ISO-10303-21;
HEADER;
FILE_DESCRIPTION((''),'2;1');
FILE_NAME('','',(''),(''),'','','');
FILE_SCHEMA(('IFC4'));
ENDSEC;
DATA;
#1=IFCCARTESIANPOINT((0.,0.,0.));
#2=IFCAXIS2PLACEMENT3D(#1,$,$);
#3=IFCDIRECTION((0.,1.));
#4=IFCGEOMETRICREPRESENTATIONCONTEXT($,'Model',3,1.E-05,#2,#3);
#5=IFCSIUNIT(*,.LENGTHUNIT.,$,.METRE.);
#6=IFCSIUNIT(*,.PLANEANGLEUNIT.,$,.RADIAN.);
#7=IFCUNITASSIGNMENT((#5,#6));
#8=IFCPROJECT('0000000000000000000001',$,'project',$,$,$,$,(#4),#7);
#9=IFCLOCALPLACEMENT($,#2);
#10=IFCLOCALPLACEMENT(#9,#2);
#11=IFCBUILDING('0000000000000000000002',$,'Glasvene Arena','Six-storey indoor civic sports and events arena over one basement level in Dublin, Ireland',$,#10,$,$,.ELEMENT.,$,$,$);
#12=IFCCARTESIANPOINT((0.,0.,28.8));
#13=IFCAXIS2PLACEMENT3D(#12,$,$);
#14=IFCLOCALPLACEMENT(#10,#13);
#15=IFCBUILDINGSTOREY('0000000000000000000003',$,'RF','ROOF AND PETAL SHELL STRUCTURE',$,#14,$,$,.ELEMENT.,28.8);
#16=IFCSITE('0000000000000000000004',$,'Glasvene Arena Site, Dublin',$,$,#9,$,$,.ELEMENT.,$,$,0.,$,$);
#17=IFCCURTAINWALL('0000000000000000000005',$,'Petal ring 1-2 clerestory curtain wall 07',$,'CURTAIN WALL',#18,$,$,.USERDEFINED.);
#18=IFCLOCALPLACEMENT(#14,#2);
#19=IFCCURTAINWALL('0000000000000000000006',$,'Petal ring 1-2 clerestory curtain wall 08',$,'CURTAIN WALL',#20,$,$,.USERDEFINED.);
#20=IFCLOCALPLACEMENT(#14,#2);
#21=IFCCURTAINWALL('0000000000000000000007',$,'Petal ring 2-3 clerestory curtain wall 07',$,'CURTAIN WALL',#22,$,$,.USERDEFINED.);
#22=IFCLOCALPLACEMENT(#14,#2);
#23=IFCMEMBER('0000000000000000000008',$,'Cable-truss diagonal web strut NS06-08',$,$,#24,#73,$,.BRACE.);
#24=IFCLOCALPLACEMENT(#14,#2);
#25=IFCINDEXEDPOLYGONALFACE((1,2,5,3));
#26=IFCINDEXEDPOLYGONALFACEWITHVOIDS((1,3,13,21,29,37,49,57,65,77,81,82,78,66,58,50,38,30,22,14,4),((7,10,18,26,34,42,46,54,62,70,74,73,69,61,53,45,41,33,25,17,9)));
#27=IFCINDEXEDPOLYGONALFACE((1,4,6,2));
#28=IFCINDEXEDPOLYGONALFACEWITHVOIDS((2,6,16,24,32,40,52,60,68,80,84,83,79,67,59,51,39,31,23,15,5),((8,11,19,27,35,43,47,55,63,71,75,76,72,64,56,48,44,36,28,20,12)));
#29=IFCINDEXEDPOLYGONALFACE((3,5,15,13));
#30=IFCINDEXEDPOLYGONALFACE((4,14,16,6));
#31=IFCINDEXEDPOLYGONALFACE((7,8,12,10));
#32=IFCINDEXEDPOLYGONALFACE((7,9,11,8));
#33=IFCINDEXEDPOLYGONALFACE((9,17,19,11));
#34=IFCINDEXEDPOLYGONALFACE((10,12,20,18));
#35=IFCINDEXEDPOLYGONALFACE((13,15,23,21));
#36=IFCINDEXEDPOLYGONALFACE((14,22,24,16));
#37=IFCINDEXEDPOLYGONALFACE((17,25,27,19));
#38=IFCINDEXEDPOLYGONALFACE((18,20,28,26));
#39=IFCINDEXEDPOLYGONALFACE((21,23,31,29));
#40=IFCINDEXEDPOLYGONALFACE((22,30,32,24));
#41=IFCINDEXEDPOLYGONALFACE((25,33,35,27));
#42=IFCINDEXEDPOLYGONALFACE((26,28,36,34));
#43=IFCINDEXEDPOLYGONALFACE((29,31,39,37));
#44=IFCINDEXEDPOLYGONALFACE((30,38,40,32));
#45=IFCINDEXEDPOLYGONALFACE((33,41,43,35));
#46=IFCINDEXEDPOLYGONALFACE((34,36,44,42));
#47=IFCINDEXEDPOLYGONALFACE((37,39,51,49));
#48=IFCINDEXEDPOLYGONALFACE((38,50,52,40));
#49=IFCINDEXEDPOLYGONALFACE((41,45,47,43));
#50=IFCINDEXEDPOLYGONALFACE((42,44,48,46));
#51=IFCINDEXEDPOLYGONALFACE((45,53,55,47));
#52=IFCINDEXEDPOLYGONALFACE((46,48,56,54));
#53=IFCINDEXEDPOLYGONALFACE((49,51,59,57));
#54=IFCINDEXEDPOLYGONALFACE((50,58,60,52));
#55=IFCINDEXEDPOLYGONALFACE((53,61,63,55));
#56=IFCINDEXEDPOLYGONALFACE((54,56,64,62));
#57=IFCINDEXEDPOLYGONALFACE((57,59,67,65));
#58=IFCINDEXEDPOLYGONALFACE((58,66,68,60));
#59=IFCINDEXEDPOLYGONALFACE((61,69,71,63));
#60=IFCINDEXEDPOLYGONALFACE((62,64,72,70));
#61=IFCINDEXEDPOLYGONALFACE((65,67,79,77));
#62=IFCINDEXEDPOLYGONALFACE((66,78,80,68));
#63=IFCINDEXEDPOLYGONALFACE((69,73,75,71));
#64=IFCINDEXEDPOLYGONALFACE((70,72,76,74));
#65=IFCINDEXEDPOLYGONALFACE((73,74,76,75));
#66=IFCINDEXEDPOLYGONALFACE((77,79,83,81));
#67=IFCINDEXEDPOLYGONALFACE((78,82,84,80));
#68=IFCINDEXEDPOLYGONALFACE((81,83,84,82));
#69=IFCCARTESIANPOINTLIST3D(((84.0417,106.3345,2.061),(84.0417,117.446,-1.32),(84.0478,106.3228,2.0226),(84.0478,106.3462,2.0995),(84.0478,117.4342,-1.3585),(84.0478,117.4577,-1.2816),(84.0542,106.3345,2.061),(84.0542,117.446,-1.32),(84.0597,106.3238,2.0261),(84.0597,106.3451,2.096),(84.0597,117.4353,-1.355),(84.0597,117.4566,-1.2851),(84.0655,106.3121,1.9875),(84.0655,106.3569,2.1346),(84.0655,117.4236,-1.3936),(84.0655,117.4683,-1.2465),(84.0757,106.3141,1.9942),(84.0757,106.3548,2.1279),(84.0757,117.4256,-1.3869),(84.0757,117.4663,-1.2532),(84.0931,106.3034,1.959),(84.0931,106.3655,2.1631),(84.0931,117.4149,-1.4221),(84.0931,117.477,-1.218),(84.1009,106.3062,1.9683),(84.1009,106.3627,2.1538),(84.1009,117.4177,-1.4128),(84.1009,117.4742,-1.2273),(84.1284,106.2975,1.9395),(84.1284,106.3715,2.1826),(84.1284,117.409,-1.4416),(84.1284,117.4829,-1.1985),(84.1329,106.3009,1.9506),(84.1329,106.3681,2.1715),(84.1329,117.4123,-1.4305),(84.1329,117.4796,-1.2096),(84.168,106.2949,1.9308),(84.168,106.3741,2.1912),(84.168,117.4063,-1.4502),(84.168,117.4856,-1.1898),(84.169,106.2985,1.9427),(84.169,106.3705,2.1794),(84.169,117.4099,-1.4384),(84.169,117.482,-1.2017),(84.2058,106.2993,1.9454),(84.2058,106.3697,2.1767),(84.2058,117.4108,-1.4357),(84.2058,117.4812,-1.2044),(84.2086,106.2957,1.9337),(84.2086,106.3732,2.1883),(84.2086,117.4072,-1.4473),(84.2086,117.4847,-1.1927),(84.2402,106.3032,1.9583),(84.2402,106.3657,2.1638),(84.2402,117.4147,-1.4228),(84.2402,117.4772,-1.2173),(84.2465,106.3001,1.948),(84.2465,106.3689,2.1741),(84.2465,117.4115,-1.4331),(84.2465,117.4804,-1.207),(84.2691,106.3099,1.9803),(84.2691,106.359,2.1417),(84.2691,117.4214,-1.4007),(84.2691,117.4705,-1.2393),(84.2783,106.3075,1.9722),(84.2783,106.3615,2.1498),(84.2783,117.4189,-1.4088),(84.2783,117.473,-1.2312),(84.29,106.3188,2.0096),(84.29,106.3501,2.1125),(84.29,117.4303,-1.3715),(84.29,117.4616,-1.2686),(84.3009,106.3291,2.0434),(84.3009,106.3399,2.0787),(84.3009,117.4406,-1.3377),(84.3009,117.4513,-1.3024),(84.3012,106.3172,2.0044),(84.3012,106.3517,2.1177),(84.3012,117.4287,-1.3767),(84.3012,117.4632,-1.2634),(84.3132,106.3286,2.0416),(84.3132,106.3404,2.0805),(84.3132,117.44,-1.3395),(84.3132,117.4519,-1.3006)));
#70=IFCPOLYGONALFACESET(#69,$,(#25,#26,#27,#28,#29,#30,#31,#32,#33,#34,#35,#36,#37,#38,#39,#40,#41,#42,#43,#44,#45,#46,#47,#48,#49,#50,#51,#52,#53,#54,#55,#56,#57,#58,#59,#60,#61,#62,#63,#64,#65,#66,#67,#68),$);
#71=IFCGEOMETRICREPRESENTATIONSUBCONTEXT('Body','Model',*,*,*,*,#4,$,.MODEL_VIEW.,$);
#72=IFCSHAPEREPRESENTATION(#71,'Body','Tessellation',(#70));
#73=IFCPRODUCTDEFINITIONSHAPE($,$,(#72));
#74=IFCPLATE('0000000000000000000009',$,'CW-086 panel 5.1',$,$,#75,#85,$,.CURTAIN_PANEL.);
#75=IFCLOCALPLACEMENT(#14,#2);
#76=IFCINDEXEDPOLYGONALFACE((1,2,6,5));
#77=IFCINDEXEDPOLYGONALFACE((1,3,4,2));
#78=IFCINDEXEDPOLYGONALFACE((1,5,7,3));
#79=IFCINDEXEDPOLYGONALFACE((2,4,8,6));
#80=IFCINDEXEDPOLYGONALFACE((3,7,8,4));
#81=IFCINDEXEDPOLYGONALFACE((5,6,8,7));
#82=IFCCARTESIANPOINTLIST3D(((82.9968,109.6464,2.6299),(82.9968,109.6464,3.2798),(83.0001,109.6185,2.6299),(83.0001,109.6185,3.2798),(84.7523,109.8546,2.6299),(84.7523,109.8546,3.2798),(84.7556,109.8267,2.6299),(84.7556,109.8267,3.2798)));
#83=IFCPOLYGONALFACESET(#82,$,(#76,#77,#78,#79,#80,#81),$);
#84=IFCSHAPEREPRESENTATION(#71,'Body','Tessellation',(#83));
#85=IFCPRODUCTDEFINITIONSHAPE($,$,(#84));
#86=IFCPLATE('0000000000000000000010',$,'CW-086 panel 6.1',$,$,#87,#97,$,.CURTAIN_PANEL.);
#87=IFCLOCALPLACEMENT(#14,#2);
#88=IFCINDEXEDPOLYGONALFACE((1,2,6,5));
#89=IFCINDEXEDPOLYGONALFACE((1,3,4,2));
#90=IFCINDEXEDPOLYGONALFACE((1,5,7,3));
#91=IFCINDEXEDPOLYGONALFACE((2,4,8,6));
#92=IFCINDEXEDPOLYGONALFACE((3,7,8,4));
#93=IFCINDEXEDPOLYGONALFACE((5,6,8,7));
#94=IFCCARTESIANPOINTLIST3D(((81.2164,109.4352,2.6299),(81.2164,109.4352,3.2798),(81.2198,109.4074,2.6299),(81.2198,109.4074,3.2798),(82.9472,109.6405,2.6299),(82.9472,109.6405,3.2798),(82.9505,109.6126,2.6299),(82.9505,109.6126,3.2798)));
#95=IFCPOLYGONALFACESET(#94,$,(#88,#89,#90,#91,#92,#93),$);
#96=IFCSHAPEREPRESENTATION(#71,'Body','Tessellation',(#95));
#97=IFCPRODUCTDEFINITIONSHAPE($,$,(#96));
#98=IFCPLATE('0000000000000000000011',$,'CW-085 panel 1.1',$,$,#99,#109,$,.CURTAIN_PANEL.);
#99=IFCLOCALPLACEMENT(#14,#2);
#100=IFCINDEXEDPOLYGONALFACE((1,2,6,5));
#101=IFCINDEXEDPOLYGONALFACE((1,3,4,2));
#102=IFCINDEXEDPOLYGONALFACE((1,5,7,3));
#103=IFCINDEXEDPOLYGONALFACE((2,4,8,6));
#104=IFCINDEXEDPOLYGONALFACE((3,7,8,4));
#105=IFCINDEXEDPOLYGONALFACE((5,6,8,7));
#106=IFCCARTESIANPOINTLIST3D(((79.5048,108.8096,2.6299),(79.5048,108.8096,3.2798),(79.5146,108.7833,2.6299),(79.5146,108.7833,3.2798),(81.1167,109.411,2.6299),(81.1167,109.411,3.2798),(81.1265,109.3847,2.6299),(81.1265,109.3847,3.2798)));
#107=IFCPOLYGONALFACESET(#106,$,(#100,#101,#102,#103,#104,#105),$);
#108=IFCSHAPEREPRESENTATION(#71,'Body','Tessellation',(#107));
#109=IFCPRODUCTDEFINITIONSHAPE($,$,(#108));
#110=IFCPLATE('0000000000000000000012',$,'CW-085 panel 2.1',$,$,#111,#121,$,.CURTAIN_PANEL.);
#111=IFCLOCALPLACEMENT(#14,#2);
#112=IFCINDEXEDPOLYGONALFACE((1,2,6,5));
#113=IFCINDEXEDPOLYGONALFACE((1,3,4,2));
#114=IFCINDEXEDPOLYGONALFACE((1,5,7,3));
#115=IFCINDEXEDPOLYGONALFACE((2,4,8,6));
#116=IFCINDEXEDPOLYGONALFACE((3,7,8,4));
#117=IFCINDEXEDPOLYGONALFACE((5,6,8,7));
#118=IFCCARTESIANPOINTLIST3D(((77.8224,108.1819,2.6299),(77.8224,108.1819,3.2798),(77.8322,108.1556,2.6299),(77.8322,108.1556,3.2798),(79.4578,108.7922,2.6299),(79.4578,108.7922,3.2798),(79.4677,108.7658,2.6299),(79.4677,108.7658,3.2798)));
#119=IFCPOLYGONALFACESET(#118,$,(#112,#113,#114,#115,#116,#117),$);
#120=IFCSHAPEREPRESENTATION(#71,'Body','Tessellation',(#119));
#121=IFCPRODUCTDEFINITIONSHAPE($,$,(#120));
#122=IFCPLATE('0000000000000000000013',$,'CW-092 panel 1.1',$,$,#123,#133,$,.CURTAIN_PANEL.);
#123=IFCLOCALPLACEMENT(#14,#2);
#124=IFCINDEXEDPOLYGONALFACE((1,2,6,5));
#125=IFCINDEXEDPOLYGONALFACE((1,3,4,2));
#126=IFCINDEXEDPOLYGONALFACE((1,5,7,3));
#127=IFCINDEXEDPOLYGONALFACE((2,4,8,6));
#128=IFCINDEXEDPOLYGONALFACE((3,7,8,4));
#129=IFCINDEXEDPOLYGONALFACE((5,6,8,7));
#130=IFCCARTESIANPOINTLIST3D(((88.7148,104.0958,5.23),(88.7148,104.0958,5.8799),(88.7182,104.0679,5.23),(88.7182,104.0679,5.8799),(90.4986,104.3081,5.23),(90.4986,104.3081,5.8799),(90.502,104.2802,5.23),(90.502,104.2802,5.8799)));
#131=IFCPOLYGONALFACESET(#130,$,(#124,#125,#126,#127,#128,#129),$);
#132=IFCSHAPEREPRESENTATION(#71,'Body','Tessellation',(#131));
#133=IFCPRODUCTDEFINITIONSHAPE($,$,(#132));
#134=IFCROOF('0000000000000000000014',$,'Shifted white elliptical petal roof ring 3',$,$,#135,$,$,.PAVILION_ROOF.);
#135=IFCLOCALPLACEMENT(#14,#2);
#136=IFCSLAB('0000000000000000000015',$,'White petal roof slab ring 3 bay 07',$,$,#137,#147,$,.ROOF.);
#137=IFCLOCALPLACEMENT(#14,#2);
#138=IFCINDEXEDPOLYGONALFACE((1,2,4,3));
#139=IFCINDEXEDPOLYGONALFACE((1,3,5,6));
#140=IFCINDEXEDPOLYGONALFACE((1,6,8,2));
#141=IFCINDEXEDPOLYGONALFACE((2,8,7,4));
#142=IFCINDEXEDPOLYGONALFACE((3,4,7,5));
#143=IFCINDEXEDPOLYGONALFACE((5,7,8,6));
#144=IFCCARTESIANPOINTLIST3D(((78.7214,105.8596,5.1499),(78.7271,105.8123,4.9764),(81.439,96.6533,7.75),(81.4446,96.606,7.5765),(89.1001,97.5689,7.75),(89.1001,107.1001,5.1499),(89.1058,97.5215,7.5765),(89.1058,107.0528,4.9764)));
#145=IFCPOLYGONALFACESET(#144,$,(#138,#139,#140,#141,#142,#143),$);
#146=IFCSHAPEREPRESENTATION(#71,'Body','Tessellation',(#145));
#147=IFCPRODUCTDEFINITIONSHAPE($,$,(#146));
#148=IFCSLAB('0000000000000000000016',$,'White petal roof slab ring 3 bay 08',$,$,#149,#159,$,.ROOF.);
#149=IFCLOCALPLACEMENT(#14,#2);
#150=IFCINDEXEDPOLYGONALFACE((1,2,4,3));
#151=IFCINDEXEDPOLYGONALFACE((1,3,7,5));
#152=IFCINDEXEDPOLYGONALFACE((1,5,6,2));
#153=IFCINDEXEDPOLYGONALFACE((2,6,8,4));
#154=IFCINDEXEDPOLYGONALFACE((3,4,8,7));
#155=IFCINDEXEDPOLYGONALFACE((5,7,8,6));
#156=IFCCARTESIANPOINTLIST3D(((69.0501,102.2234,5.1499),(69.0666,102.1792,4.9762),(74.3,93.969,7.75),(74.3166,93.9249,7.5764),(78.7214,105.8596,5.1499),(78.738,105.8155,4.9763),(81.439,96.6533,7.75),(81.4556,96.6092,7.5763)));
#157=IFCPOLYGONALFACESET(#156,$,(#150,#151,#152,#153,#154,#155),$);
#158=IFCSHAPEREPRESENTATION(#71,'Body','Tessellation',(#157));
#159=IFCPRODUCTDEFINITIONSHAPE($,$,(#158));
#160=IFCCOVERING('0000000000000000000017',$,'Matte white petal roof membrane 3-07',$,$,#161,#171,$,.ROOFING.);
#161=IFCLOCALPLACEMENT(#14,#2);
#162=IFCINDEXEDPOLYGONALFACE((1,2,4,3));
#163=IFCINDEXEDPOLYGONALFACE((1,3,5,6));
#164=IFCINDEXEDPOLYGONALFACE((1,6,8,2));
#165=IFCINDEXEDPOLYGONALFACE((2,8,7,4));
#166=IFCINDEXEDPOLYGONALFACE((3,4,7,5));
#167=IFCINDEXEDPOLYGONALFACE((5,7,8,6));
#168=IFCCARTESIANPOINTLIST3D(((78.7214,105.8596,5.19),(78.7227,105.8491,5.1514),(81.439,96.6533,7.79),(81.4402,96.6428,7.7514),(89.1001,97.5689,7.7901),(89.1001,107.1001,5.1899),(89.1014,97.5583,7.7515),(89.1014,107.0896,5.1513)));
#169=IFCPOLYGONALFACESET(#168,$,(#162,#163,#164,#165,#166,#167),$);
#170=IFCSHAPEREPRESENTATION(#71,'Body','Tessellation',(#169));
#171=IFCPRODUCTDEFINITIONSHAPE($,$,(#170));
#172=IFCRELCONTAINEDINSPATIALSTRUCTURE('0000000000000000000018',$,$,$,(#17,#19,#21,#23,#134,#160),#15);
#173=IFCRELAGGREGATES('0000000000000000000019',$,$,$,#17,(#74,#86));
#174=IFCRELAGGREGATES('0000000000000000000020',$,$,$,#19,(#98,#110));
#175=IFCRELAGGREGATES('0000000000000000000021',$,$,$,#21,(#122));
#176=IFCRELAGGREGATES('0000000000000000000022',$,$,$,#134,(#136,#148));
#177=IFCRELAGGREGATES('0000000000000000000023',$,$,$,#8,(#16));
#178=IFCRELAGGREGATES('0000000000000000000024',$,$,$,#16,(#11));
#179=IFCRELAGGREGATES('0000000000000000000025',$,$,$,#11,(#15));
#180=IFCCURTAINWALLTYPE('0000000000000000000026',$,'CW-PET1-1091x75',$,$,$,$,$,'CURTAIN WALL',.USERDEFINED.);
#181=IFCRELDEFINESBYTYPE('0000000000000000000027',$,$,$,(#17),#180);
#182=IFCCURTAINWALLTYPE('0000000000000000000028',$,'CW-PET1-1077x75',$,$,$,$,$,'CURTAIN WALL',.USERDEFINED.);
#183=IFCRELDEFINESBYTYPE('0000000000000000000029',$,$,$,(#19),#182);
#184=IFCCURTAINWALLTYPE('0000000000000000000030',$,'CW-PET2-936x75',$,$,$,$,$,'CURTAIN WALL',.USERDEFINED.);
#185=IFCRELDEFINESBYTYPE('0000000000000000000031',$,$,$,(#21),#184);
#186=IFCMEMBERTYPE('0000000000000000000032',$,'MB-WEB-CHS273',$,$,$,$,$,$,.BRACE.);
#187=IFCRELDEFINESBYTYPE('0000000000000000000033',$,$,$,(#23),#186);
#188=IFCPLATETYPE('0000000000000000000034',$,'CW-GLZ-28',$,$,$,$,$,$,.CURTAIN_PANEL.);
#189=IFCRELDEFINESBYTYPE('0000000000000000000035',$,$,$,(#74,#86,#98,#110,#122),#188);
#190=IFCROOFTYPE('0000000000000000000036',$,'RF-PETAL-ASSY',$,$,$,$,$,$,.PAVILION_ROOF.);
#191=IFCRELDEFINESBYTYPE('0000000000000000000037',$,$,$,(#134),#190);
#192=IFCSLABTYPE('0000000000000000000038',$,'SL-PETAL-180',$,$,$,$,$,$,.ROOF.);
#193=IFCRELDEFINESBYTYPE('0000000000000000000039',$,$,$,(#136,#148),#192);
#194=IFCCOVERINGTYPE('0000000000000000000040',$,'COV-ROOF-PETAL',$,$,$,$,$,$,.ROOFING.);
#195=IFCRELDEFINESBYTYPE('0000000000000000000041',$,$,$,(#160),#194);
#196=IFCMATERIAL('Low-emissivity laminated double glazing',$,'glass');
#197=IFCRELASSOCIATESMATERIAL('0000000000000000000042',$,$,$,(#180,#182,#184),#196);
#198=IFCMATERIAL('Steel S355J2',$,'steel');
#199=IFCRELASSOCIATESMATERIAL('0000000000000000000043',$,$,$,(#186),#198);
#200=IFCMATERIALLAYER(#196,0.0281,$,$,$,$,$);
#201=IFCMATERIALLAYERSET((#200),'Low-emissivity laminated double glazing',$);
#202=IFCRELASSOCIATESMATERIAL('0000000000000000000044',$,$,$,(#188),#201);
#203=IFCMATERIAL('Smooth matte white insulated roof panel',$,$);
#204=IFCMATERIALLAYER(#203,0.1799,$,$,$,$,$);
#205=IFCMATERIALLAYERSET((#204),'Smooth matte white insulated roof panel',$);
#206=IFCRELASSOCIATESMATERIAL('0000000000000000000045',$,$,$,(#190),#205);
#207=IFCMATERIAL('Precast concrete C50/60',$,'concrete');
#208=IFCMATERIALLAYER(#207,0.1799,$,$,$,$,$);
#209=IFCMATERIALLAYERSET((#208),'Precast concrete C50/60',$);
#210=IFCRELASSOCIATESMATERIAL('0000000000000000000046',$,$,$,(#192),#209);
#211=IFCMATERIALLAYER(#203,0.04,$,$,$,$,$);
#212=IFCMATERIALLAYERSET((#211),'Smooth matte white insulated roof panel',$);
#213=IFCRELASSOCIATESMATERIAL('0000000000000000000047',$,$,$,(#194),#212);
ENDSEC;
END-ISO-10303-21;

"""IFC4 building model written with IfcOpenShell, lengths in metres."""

from ifc_helpers import new_model, si_unit, direction, frame, origin, origin_2d, place, context, subcontext, project, spatial, polyline, rectangle, hollow_circle, outline, extrude, material, layer, layer_set, material_profile, profile_set, type_object, element, aggregate, save


model = new_model("IFC4")

# Units and contexts
model_context = context("Model", 3, precision=1e-05, world=origin(), true_north=direction((0.0, 1.0)))
body_context = subcontext(model_context, "Body", "Model", "MODEL_VIEW")
ifc_project = project(units=[si_unit("LENGTHUNIT", "METRE"), si_unit("PLANEANGLEUNIT", "RADIAN")], contexts=[model_context])

# Site, building, storey
site_placement = place(None, origin())
site = spatial("IfcSite", under=ifc_project, at=site_placement, Name="Glasvene Arena Site, Dublin", CompositionType="ELEMENT", RefElevation=0.0)
building_placement = place(site_placement, origin())
building = spatial("IfcBuilding", under=site, at=building_placement, Name="Glasvene Arena", Description="Six-storey indoor civic sports and events arena over one basement level in Dublin, Ireland", CompositionType="ELEMENT")
storey_placement = place(building_placement, frame((0.0, 0.0, 28.8)))
storey = spatial("IfcBuildingStorey", under=building, at=storey_placement, Name="RF", Description="ROOF AND PETAL SHELL STRUCTURE", CompositionType="ELEMENT", Elevation=28.8)

# Curtain walls
ifc_material_1 = material(Name="Low-emissivity laminated double glazing", Category="glass")
curtain_wall_type_1 = type_object("IfcCurtainWallType", Name="CW-PET1-1091x75", ElementType="CURTAIN WALL", PredefinedType="USERDEFINED", material=ifc_material_1)
curtain_wall_1_placement = place(storey_placement, frame((92.0, 110.7, 0.0)))
curtain_wall_1 = element("IfcCurtainWall", 1, at=curtain_wall_1_placement, inside=storey, type_object=curtain_wall_type_1, Name="Petal ring 1-2 clerestory curtain wall 07", ObjectType="CURTAIN WALL", PredefinedType="USERDEFINED")
curtain_wall_type_2 = type_object("IfcCurtainWallType", Name="CW-PET1-1077x75", ElementType="CURTAIN WALL", PredefinedType="USERDEFINED", material=ifc_material_1)
curtain_wall_2_placement = place(storey_placement, frame((81.1685, 109.4153, 0.0)))
curtain_wall_2 = element("IfcCurtainWall", 2, at=curtain_wall_2_placement, inside=storey, type_object=curtain_wall_type_2, Name="Petal ring 1-2 clerestory curtain wall 08", ObjectType="CURTAIN WALL", PredefinedType="USERDEFINED")

# Shared definitions
curtain_wall_type_3 = type_object("IfcCurtainWallType", Name="CW-PET2-936x75", ElementType="CURTAIN WALL", PredefinedType="USERDEFINED", material=ifc_material_1)

# Curtain wall
curtain_wall_3_placement = place(storey_placement, frame((90.55, 104.3, 0.0)))
curtain_wall_3 = element("IfcCurtainWall", 3, at=curtain_wall_3_placement, inside=storey, type_object=curtain_wall_type_3, Name="Petal ring 2-3 clerestory curtain wall 07", ObjectType="CURTAIN WALL", PredefinedType="USERDEFINED")

# Member
ifc_material_2 = material(Name="Steel S355J2", Category="steel")
ifc_material_profile_1 = material_profile(ifc_material_2, hollow_circle(Radius=0.1365, WallThickness=0.0125, at=origin_2d()), Name="CHS 273.0x12.5")
ifc_profile_set_1 = profile_set([ifc_material_profile_1], Name="Steel S355J2")
member_type_1 = type_object("IfcMemberType", Name="MB-WEB-CHS273", PredefinedType="BRACE", material=ifc_profile_set_1)
member_1_placement = place(storey_placement, frame((84.1782, 106.3345, 2.061), z_axis=(0.0, 0.95669, -0.291108), x_axis=(-1.0, 0.0, 0.0)))
element("IfcMember", 4, at=member_1_placement, inside=storey, type_object=member_type_1, Name="Cable-truss diagonal web strut NS06-08", PredefinedType="BRACE", context=body_context, shape_type="SweptSolid", body=[
    extrude(hollow_circle(Radius=0.1365, WallThickness=0.0125, at=origin_2d()), origin(), (0.0, 0.0, 1.0), 11.6145),
])

# Plates
ifc_layer_1 = layer(ifc_material_1, 0.0281)
ifc_layer_set_1 = layer_set([ifc_layer_1], Name="Low-emissivity laminated double glazing")
plate_type = type_object("IfcPlateType", Name="CW-GLZ-28", PredefinedType="CURTAIN_PANEL", material=ifc_layer_set_1)
plate_1_placement = place(storey_placement, frame((83.8762, 109.7366, 2.6299), z_axis=(0.0, 0.0, 1.0), x_axis=(-0.993041, -0.117772, 0.0)))
plate_1 = element("IfcPlate", 5, at=plate_1_placement, type_object=plate_type, Name="CW-086 panel 5.1", PredefinedType="CURTAIN_PANEL", context=body_context, shape_type="SweptSolid", body=[
    extrude(rectangle(XDim=1.7678, YDim=0.0281, at=origin_2d()), origin(), (0.0, 0.0, 1.0), 0.6499),
])
plate_2_placement = place(storey_placement, frame((82.0835, 109.5239, 2.6299), z_axis=(0.0, 0.0, 1.0), x_axis=(-0.993041, -0.117772, 0.0)))
plate_2 = element("IfcPlate", 6, at=plate_2_placement, type_object=plate_type, Name="CW-086 panel 6.1", PredefinedType="CURTAIN_PANEL", context=body_context, shape_type="SweptSolid", body=[
    extrude(rectangle(XDim=1.7429, YDim=0.0281, at=origin_2d()), origin(), (0.0, 0.0, 1.0), 0.6499),
])
aggregate(curtain_wall_1, [plate_1, plate_2])
plate_3_placement = place(storey_placement, frame((80.3157, 109.0972, 2.6299), z_axis=(0.0, 0.0, 1.0), x_axis=(-0.936902, -0.349591, 0.0)))
plate_3 = element("IfcPlate", 7, at=plate_3_placement, type_object=plate_type, Name="CW-085 panel 1.1", PredefinedType="CURTAIN_PANEL", context=body_context, shape_type="SweptSolid", body=[
    extrude(rectangle(XDim=1.7205, YDim=0.0281, at=origin_2d()), origin(), (0.0, 0.0, 1.0), 0.6499),
])
plate_4_placement = place(storey_placement, frame((78.645, 108.4739, 2.6299), z_axis=(0.0, 0.0, 1.0), x_axis=(-0.936902, -0.349591, 0.0)))
plate_4 = element("IfcPlate", 8, at=plate_4_placement, type_object=plate_type, Name="CW-085 panel 2.1", PredefinedType="CURTAIN_PANEL", context=body_context, shape_type="SweptSolid", body=[
    extrude(rectangle(XDim=1.7456, YDim=0.0281, at=origin_2d()), origin(), (0.0, 0.0, 1.0), 0.6499),
])
aggregate(curtain_wall_2, [plate_3, plate_4])
plate_5_placement = place(storey_placement, frame((89.6084, 104.188, 5.23), z_axis=(0.0, 0.0, 1.0), x_axis=(-0.992994, -0.118166, 0.0)))
plate_5 = element("IfcPlate", 9, at=plate_5_placement, type_object=plate_type, Name="CW-092 panel 1.1", PredefinedType="CURTAIN_PANEL", context=body_context, shape_type="SweptSolid", body=[
    extrude(rectangle(XDim=1.7964, YDim=0.0281, at=origin_2d()), origin(), (0.0, 0.0, 1.0), 0.6499),
])
aggregate(curtain_wall_3, [plate_5])

# Roof, slabs
ifc_material_3 = material(Name="Smooth matte white insulated roof panel")
ifc_layer_2 = layer(ifc_material_3, 0.1799)
ifc_layer_set_2 = layer_set([ifc_layer_2], Name="Smooth matte white insulated roof panel")
roof_type = type_object("IfcRoofType", Name="RF-PETAL-ASSY", PredefinedType="PAVILION_ROOF", material=ifc_layer_set_2)
roof_placement = place(storey_placement, frame((89.1001, 70.7, 5.1499)))
roof = element("IfcRoof", 10, at=roof_placement, inside=storey, type_object=roof_type, Name="Shifted white elliptical petal roof ring 3", PredefinedType="PAVILION_ROOF")
ifc_material_4 = material(Name="Precast concrete C50/60", Category="concrete")
ifc_layer_3 = layer(ifc_material_4, 0.1799)
ifc_layer_set_3 = layer_set([ifc_layer_3], Name="Precast concrete C50/60")
slab_type = type_object("IfcSlabType", Name="SL-PETAL-180", PredefinedType="ROOF", material=ifc_layer_set_3)
slab_1_placement = place(storey_placement, frame((89.1001, 107.1001, 5.1499), z_axis=(-0.031438, 0.263052, 0.964269), x_axis=(-0.992933, -0.118677, 0.000002)))
slab_1 = element("IfcSlab", 11, at=slab_1_placement, type_object=slab_type, Name="White petal roof slab ring 3 bay 07", PredefinedType="ROOF", context=body_context, shape_type="SweptSolid", body=[
    extrude(outline(polyline([(0.0, 0.0), (10.4525, 0.0), (8.8468, 9.8144), (1.1311, 9.8146), (0.0, 0.0)])), origin(), (0.0, 0.0, -1.0), 0.1799),
])
slab_2_placement = place(storey_placement, frame((78.7214, 105.8596, 5.1499), z_axis=(-0.092239, 0.245322, 0.965043), x_axis=(-0.936027, -0.351927, -0.000003)))
slab_2 = element("IfcSlab", 12, at=slab_2_placement, type_object=slab_type, Name="White petal roof slab ring 3 bay 08", PredefinedType="ROOF", context=body_context, shape_type="SweptSolid", body=[
    extrude(outline(polyline([(0.0, 0.0), (10.3324, 0.0), (8.3232, 9.9207), (0.6963, 9.9205), (0.0, 0.0)])), origin(), (0.0, 0.0, -1.0), 0.1799),
])
aggregate(roof, [slab_1, slab_2])

# Covering
ifc_layer_4 = layer(ifc_material_3, 0.04)
ifc_layer_set_4 = layer_set([ifc_layer_4], Name="Smooth matte white insulated roof panel")
covering_type = type_object("IfcCoveringType", Name="COV-ROOF-PETAL", PredefinedType="ROOFING", material=ifc_layer_set_4)
covering_placement = place(storey_placement, frame((89.1001, 107.1001, 5.1899), z_axis=(-0.031438, 0.263052, 0.964269), x_axis=(-0.992933, -0.118677, 0.000002)))
element("IfcCovering", 13, at=covering_placement, inside=storey, type_object=covering_type, Name="Matte white petal roof membrane 3-07", PredefinedType="ROOFING", context=body_context, shape_type="SweptSolid", body=[
    extrude(outline(polyline([(0.0, 0.0), (10.4525, 0.0), (8.8468, 9.8144), (1.1311, 9.8146), (0.0, 0.0)])), origin(), (0.0, 0.0, -1.0), 0.04),
])

save(model, "model.ifc")
